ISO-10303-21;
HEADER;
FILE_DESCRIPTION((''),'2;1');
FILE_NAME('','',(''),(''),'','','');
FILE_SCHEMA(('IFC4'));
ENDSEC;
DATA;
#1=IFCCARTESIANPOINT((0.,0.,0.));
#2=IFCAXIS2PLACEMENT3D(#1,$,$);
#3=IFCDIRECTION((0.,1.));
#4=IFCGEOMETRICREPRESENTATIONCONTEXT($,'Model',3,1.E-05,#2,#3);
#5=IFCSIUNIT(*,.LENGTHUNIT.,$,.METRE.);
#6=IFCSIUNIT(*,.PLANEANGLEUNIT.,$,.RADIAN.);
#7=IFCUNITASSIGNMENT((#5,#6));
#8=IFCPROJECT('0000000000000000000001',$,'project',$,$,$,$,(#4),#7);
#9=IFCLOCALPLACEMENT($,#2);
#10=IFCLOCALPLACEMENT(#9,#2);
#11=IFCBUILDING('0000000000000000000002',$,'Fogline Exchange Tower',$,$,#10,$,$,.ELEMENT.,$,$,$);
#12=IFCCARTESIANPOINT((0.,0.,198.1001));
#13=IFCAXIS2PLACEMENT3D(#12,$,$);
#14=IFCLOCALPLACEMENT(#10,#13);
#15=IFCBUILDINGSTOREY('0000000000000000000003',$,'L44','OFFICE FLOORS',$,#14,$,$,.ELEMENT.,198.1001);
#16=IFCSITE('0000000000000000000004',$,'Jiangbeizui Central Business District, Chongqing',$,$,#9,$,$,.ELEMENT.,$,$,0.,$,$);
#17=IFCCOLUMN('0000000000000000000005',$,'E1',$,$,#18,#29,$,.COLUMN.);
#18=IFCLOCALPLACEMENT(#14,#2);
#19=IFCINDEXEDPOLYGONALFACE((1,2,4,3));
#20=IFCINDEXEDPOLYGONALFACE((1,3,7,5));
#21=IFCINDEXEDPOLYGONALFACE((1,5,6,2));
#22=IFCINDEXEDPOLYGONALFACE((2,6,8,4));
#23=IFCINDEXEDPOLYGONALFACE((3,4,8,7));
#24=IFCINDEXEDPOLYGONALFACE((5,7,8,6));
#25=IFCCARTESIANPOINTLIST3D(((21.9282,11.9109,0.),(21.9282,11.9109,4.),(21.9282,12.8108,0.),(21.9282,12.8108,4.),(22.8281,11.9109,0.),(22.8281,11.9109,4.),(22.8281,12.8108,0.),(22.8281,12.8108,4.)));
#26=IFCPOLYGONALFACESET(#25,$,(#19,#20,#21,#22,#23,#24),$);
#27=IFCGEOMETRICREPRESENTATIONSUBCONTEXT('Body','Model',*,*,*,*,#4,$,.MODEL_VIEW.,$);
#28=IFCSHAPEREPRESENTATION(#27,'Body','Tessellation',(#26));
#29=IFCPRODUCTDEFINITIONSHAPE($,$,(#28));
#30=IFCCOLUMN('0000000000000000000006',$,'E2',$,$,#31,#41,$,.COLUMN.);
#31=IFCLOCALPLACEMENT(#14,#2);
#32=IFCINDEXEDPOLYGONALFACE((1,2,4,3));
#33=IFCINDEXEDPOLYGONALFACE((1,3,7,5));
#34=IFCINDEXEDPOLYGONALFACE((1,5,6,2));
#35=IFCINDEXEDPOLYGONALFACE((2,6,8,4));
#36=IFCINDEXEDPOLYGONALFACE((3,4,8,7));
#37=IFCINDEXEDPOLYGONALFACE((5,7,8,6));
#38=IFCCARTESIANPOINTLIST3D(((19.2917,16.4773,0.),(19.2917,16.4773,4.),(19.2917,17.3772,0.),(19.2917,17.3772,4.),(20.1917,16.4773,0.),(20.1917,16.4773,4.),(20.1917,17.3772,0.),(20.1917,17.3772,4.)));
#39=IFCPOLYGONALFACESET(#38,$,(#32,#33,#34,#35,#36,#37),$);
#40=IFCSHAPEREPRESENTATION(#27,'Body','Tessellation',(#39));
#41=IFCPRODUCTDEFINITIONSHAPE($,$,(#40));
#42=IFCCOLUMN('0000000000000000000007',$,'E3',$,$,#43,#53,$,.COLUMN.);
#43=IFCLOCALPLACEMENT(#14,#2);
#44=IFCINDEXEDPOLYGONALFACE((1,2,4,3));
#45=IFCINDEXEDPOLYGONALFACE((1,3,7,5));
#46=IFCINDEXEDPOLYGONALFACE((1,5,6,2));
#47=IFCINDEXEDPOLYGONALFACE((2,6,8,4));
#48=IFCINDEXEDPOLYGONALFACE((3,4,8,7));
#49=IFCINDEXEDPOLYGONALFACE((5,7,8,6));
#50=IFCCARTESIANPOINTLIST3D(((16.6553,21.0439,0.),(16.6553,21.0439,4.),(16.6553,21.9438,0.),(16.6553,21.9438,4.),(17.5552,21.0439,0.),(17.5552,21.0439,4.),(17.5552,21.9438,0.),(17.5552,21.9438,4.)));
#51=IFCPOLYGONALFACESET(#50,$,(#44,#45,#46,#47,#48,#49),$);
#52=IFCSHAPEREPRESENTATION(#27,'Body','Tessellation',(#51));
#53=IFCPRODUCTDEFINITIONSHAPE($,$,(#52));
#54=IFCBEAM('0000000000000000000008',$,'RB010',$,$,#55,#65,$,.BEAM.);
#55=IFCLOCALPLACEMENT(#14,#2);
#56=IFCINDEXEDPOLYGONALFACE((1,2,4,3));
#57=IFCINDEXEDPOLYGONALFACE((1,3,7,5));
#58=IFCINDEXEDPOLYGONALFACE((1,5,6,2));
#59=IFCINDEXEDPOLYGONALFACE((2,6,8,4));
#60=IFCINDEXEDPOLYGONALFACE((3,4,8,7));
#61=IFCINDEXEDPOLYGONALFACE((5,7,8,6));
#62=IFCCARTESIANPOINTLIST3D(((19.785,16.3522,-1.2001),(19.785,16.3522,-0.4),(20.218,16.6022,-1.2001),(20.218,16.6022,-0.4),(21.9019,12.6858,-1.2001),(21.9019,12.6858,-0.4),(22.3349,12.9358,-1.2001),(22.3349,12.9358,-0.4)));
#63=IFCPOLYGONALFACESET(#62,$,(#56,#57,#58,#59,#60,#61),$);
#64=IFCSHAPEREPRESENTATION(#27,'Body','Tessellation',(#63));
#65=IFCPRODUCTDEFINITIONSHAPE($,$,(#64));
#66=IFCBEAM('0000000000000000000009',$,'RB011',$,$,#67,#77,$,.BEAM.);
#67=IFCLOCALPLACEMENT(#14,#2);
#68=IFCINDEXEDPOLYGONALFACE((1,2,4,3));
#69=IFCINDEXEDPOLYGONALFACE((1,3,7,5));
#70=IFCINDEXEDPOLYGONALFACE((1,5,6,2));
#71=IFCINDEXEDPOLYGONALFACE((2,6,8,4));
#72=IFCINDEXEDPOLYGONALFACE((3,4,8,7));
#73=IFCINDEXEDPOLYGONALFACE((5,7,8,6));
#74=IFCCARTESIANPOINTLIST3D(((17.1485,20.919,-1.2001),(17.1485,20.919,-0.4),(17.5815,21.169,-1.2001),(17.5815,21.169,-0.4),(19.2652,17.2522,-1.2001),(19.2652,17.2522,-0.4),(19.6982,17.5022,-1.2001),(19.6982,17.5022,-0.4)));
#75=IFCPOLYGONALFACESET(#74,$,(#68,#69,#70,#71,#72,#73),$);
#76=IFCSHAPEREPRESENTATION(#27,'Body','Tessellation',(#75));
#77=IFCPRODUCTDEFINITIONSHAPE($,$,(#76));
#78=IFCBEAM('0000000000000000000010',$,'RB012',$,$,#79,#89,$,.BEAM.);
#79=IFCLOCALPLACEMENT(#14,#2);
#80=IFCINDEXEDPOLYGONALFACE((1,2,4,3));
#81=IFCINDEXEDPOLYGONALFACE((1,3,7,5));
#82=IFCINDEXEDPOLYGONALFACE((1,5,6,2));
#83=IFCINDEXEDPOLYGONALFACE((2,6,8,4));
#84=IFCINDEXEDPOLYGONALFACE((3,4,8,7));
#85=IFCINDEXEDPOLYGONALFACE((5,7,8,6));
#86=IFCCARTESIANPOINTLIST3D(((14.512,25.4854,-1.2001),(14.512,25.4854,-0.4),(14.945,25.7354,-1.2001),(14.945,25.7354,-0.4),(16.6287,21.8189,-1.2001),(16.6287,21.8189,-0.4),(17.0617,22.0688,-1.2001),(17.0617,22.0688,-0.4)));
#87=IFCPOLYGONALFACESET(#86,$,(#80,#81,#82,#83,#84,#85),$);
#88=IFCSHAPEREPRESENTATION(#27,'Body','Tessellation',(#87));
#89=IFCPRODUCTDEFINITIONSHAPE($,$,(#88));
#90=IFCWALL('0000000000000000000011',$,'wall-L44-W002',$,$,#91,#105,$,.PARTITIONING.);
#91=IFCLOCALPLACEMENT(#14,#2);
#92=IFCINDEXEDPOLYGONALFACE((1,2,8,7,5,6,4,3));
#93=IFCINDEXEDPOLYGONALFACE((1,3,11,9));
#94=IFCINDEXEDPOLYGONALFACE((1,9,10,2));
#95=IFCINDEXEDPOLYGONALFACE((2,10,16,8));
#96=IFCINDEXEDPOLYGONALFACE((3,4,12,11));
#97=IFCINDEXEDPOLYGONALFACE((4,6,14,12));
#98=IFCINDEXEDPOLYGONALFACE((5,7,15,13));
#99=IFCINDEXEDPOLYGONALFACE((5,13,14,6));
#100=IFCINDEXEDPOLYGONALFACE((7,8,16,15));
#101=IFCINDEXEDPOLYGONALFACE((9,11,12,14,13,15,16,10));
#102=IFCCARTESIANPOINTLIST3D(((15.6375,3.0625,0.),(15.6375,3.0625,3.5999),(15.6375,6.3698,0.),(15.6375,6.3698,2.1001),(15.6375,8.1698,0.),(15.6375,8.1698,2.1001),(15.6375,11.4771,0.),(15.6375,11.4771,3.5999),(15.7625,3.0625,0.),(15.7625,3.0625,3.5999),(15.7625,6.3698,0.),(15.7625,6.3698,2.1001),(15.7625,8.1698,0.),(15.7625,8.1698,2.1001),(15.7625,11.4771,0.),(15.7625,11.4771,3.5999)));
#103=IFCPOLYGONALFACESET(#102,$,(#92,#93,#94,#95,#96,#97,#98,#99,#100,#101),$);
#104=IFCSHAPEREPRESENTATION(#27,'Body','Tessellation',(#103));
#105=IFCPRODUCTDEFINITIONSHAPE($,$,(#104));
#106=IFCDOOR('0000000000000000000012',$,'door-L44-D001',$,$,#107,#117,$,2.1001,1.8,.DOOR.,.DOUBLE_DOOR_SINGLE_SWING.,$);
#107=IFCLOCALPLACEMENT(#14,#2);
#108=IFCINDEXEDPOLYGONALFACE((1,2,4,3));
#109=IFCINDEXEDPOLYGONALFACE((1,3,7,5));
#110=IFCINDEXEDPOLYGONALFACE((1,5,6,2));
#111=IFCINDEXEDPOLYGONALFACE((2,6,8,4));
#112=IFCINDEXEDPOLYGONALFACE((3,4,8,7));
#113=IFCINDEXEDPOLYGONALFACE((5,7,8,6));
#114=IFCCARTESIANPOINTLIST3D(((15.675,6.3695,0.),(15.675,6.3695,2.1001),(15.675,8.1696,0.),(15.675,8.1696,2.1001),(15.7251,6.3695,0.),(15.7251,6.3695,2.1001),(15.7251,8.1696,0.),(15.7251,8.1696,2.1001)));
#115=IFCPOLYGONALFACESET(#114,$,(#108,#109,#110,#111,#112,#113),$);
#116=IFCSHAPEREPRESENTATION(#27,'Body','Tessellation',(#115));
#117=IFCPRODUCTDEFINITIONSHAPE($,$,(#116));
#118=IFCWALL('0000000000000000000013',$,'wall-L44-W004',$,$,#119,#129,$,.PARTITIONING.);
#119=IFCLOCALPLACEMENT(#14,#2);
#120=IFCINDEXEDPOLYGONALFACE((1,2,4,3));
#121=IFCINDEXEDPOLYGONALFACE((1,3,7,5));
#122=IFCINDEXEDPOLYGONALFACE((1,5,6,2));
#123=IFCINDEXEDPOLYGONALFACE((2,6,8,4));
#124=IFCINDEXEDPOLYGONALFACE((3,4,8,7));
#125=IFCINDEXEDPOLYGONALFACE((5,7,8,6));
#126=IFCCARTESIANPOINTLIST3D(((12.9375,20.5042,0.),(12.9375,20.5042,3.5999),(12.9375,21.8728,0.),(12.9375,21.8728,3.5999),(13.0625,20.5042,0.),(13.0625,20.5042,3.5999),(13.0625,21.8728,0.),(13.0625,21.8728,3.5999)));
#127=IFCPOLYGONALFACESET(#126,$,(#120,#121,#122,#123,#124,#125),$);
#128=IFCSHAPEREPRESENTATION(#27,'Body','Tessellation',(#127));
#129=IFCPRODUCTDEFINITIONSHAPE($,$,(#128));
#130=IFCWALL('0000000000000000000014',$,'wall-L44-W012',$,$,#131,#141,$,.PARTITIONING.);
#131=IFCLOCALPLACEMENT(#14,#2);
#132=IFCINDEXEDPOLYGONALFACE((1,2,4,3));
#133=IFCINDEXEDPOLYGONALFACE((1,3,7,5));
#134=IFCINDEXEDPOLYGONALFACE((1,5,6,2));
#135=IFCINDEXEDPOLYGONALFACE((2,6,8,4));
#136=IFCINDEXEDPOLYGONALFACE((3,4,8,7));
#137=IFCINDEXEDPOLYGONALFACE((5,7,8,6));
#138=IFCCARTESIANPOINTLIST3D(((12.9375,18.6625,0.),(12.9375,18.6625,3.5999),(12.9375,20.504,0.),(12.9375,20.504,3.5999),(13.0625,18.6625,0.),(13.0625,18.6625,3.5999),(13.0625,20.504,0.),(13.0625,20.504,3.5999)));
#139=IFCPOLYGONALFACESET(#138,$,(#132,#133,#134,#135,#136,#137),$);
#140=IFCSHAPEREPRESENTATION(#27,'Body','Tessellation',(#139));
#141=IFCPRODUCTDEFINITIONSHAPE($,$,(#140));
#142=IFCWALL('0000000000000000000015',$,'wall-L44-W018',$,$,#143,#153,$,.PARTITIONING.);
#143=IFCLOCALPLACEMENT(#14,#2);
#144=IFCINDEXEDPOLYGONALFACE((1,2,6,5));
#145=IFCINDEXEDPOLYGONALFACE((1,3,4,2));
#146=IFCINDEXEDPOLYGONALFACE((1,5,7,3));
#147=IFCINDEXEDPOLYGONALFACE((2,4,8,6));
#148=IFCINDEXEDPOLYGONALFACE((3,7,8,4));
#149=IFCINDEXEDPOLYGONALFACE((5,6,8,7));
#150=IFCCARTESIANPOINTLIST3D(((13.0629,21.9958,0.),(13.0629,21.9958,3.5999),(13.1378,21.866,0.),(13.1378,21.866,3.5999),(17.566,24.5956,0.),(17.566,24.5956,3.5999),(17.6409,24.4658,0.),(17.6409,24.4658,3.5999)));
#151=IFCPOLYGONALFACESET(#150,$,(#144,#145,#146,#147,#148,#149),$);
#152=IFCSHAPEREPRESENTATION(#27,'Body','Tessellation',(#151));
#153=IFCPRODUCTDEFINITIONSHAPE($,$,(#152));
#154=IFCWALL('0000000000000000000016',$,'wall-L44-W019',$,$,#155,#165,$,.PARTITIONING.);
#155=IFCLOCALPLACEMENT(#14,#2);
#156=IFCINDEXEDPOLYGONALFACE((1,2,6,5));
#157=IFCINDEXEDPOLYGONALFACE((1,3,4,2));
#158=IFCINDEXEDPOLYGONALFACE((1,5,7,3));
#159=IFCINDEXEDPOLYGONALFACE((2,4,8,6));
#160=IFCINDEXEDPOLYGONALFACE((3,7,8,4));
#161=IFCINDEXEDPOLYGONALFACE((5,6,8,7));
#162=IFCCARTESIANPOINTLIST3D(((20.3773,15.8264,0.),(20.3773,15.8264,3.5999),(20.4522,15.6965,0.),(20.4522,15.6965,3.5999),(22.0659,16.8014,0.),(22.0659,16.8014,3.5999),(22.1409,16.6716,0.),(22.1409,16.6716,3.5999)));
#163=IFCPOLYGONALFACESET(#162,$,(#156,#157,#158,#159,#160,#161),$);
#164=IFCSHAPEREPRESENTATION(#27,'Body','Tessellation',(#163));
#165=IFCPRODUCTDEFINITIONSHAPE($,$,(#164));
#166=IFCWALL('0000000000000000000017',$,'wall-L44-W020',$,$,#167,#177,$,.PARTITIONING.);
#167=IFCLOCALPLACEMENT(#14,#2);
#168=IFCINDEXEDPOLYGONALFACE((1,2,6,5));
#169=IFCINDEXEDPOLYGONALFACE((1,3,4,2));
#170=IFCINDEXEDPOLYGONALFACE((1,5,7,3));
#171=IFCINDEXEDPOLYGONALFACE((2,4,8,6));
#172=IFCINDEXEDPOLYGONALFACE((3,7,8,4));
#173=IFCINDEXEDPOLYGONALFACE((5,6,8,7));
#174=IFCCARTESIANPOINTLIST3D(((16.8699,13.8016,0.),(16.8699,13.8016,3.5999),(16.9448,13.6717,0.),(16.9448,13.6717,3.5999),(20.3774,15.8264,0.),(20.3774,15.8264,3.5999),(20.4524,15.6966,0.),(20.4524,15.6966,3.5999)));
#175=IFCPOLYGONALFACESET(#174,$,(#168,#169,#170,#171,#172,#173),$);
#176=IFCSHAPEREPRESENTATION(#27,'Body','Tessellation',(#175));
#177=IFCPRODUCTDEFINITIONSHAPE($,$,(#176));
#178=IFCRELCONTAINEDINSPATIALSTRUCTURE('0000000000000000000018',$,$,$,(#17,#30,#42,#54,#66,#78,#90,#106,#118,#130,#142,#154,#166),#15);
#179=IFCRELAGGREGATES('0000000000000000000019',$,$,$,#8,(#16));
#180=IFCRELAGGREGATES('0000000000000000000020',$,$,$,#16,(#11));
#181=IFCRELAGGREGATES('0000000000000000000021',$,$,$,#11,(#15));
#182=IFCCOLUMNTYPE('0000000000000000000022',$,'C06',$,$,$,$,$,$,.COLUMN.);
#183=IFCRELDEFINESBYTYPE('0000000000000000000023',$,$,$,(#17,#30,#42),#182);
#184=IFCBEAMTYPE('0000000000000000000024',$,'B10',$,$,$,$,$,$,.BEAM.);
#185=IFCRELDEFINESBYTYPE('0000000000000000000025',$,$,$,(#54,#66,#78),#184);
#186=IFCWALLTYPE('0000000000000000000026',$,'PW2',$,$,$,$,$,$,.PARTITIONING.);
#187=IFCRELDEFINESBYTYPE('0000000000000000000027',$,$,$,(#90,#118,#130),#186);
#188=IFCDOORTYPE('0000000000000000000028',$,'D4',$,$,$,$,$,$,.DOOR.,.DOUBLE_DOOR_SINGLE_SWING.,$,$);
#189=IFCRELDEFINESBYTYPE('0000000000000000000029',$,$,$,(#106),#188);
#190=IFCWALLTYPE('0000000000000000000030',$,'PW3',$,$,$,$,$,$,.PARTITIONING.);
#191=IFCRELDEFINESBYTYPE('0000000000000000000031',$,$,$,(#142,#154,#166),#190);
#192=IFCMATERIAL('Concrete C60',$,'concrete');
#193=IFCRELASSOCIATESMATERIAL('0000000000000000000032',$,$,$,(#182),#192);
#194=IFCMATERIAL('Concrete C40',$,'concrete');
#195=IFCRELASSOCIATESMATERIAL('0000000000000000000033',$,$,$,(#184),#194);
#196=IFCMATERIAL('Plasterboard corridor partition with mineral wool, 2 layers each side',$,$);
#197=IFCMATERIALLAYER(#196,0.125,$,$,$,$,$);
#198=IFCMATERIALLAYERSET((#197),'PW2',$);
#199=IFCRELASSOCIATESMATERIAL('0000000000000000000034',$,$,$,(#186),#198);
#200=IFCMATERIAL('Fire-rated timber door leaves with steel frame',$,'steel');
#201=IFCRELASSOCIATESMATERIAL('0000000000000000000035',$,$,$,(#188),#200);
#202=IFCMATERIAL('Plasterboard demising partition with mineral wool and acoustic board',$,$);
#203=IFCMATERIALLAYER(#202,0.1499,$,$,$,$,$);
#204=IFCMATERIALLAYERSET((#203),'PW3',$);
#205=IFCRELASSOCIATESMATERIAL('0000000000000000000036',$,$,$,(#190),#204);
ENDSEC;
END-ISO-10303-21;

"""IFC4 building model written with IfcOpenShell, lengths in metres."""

from ifc_helpers import new_model, si_unit, direction, frame, frame_2d, origin, origin_2d, place, context, subcontext, project, spatial, rectangle, extrude, material, layer, layer_set, material_profile, profile_set, type_object, element, fill, save


model = new_model("IFC4")

# Units and contexts
model_context = context("Model", 3, precision=1e-05, world=origin(), true_north=direction((0.0, 1.0)))
body_context = subcontext(model_context, "Body", "Model", "MODEL_VIEW")
ifc_project = project(units=[si_unit("LENGTHUNIT", "METRE"), si_unit("PLANEANGLEUNIT", "RADIAN")], contexts=[model_context])

# Site, building, storey
site_placement = place(None, origin())
site = spatial("IfcSite", under=ifc_project, at=site_placement, Name="Jiangbeizui Central Business District, Chongqing", CompositionType="ELEMENT", RefElevation=0.0)
building_placement = place(site_placement, origin())
building = spatial("IfcBuilding", under=site, at=building_placement, Name="Fogline Exchange Tower", CompositionType="ELEMENT")
storey_placement = place(building_placement, frame((0.0, 0.0, 198.1001)))
storey = spatial("IfcBuildingStorey", under=building, at=storey_placement, Name="L44", Description="OFFICE FLOORS", CompositionType="ELEMENT", Elevation=198.1001)

# Columns
ifc_material_1 = material(Name="Concrete C60", Category="concrete")
ifc_material_profile_1 = material_profile(ifc_material_1, rectangle(XDim=0.8999, YDim=0.8999, at=origin_2d()), Name="RC 900x900")
ifc_profile_set_1 = profile_set([ifc_material_profile_1], Name="Concrete C60")
column_type = type_object("IfcColumnType", Name="C06", PredefinedType="COLUMN", material=ifc_profile_set_1)
for number, where, z_axis, x_axis, name in (
    (1, (22.3782, 12.3608, 0.0), (0.0, 0.0, 1.0), (1.0, 0.0, 0.0), "E1"),
    (2, (19.7417, 16.9272, 0.0), (0.0, 0.0, 1.0), (1.0, 0.0, 0.0), "E2"),
    (3, (17.1052, 21.4939, 0.0), (0.0, 0.0, 1.0), (1.0, 0.0, 0.0), "E3"),
):
    element("IfcColumn", number, at=place(storey_placement, frame(where, z_axis=z_axis, x_axis=x_axis)), inside=storey, type_object=column_type, Name=name, PredefinedType="COLUMN", context=body_context, shape_type="SweptSolid", body=[
        extrude(rectangle(XDim=0.8999, YDim=0.8999, at=origin_2d()), origin(), (0.0, 0.0, 1.0), 4.0),
    ])

# Beams
ifc_material_2 = material(Name="Concrete C40", Category="concrete")
ifc_material_profile_2 = material_profile(ifc_material_2, rectangle(XDim=0.5, YDim=0.8, at=origin_2d()), Name="RC 500x800")
ifc_profile_set_2 = profile_set([ifc_material_profile_2], Name="Concrete C40")
beam_type = type_object("IfcBeamType", Name="B10", PredefinedType="BEAM", material=ifc_profile_set_2)
beam_1_placement = place(storey_placement, frame((22.1184, 12.8108, -0.8), z_axis=(-0.500015, 0.866017, 0.0), x_axis=(-0.866017, -0.500015, 0.0)))
element("IfcBeam", 4, at=beam_1_placement, inside=storey, type_object=beam_type, Name="RB010", PredefinedType="BEAM", context=body_context, shape_type="SweptSolid", body=[
    extrude(rectangle(XDim=0.5, YDim=0.8, at=origin_2d()), origin(), (0.0, 0.0, 1.0), 4.2336),
])
beam_2_placement = place(storey_placement, frame((19.4817, 17.3772, -0.8), z_axis=(-0.499947, 0.866056, 0.0), x_axis=(-0.866056, -0.499947, 0.0)))
element("IfcBeam", 5, at=beam_2_placement, inside=storey, type_object=beam_type, Name="RB011", PredefinedType="BEAM", context=body_context, shape_type="SweptSolid", body=[
    extrude(rectangle(XDim=0.5, YDim=0.8, at=origin_2d()), origin(), (0.0, 0.0, 1.0), 4.2339),
])
beam_3_placement = place(storey_placement, frame((16.8452, 21.9438, -0.8), z_axis=(-0.499972, 0.866042, 0.0), x_axis=(-0.866042, -0.499972, 0.0)))
element("IfcBeam", 6, at=beam_3_placement, inside=storey, type_object=beam_type, Name="RB012", PredefinedType="BEAM", context=body_context, shape_type="SweptSolid", body=[
    extrude(rectangle(XDim=0.5, YDim=0.8, at=origin_2d()), origin(), (0.0, 0.0, 1.0), 4.2336),
])

# Wall, opening, door
ifc_material_3 = material(Name="Plasterboard corridor partition with mineral wool, 2 layers each side")
ifc_layer_1 = layer(ifc_material_3, 0.125)
ifc_layer_set_1 = layer_set([ifc_layer_1], Name="PW2")
wall_type_1 = type_object("IfcWallType", Name="PW2", PredefinedType="PARTITIONING", material=ifc_layer_set_1)
wall_1_placement = place(storey_placement, frame((15.7, 11.4771, 0.0), z_axis=(0.0, 0.0, 1.0), x_axis=(0.0, -1.0, 0.0)))
wall_1 = element("IfcWall", 7, at=wall_1_placement, inside=storey, type_object=wall_type_1, Name="wall-L44-W002", PredefinedType="PARTITIONING", context=body_context, shape_type="SweptSolid", body=[
    extrude(rectangle(XDim=8.4146, YDim=0.125, at=frame_2d((4.2073, 0.0))), origin(), (0.0, 0.0, 1.0), 3.5999),
])
opening_1_placement = place(wall_1_placement, frame((3.3074, 0.0, 0.0)))
opening_1 = element("IfcOpeningElement", 8, at=opening_1_placement, cuts=wall_1, PredefinedType="OPENING", context=body_context, shape_type="SweptSolid", body=[
    extrude(rectangle(XDim=1.8, YDim=2.1001, at=frame_2d((0.8999, 1.05))), frame((0.0, 0.0725, 0.0), z_axis=(0.0, -1.0, 0.0), x_axis=(1.0, 0.0, 0.0)), (0.0, 0.0, 1.0), 0.145),
])
ifc_material_4 = material(Name="Fire-rated timber door leaves with steel frame", Category="steel")
door_type_1 = type_object("IfcDoorType", Name="D4", OperationType="DOUBLE_DOOR_SINGLE_SWING", PredefinedType="DOOR", material=ifc_material_4)
door_1_placement = place(opening_1_placement, frame((1.8, 0.0, 0.0), z_axis=(0.0, 0.0, 1.0), x_axis=(-1.0, 0.0, 0.0)))
door_1 = element("IfcDoor", 9, at=door_1_placement, inside=storey, type_object=door_type_1, Name="door-L44-D001", OperationType="DOUBLE_DOOR_SINGLE_SWING", OverallHeight=2.1001, OverallWidth=1.8, PredefinedType="DOOR", context=body_context, shape_type="SweptSolid", body=[
    extrude(rectangle(XDim=1.8, YDim=2.1001, at=frame_2d((0.8999, 1.05))), frame((0.0, 0.0249, 0.0), z_axis=(0.0, -1.0, 0.0), x_axis=(1.0, 0.0, 0.0)), (0.0, 0.0, 1.0), 0.05),
])
fill(opening_1, door_1)

# Walls
wall_2_placement = place(storey_placement, frame((13.0, 21.8728, 0.0), z_axis=(0.0, 0.0, 1.0), x_axis=(0.0, -1.0, 0.0)))
element("IfcWall", 10, at=wall_2_placement, inside=storey, type_object=wall_type_1, Name="wall-L44-W004", PredefinedType="PARTITIONING", context=body_context, shape_type="SweptSolid", body=[
    extrude(rectangle(XDim=1.3687, YDim=0.125, at=frame_2d((0.6843, 0.0))), origin(), (0.0, 0.0, 1.0), 3.5999),
])
wall_3_placement = place(storey_placement, frame((13.0, 20.5042, 0.0), z_axis=(0.0, 0.0, 1.0), x_axis=(0.0, -1.0, 0.0)))
element("IfcWall", 11, at=wall_3_placement, inside=storey, type_object=wall_type_1, Name="wall-L44-W012", PredefinedType="PARTITIONING", context=body_context, shape_type="SweptSolid", body=[
    extrude(rectangle(XDim=1.8416, YDim=0.125, at=frame_2d((0.9209, 0.0))), origin(), (0.0, 0.0, 1.0), 3.5999),
])
ifc_material_5 = material(Name="Plasterboard demising partition with mineral wool and acoustic board")
ifc_layer_2 = layer(ifc_material_5, 0.1499)
ifc_layer_set_2 = layer_set([ifc_layer_2], Name="PW3")
wall_type_2 = type_object("IfcWallType", Name="PW3", PredefinedType="PARTITIONING", material=ifc_layer_set_2)
wall_4_placement = place(storey_placement, frame((13.1003, 21.9309, 0.0), z_axis=(0.0, 0.0, 1.0), x_axis=(0.86603, 0.499992, 0.0)))
element("IfcWall", 12, at=wall_4_placement, inside=storey, type_object=wall_type_2, Name="wall-L44-W018", PredefinedType="PARTITIONING", context=body_context, shape_type="SweptSolid", body=[
    extrude(rectangle(XDim=5.1997, YDim=0.1499, at=frame_2d((2.5999, 0.0))), origin(), (0.0, 0.0, 1.0), 3.5999),
])
wall_5_placement = place(storey_placement, frame((22.1035, 16.7366, 0.0), z_axis=(0.0, 0.0, 1.0), x_axis=(-0.866, -0.500044, 0.0)))
element("IfcWall", 13, at=wall_5_placement, inside=storey, type_object=wall_type_2, Name="wall-L44-W019", PredefinedType="PARTITIONING", context=body_context, shape_type="SweptSolid", body=[
    extrude(rectangle(XDim=1.95, YDim=0.1499, at=frame_2d((0.9751, 0.0))), origin(), (0.0, 0.0, 1.0), 3.5999),
])
wall_6_placement = place(storey_placement, frame((20.4148, 15.7615, 0.0), z_axis=(0.0, 0.0, 1.0), x_axis=(-0.866046, -0.499964, 0.0)))
element("IfcWall", 14, at=wall_6_placement, inside=storey, type_object=wall_type_2, Name="wall-L44-W020", PredefinedType="PARTITIONING", context=body_context, shape_type="SweptSolid", body=[
    extrude(rectangle(XDim=4.05, YDim=0.1499, at=frame_2d((2.0249, 0.0))), origin(), (0.0, 0.0, 1.0), 3.5999),
])

save(model, "model.ifc")
